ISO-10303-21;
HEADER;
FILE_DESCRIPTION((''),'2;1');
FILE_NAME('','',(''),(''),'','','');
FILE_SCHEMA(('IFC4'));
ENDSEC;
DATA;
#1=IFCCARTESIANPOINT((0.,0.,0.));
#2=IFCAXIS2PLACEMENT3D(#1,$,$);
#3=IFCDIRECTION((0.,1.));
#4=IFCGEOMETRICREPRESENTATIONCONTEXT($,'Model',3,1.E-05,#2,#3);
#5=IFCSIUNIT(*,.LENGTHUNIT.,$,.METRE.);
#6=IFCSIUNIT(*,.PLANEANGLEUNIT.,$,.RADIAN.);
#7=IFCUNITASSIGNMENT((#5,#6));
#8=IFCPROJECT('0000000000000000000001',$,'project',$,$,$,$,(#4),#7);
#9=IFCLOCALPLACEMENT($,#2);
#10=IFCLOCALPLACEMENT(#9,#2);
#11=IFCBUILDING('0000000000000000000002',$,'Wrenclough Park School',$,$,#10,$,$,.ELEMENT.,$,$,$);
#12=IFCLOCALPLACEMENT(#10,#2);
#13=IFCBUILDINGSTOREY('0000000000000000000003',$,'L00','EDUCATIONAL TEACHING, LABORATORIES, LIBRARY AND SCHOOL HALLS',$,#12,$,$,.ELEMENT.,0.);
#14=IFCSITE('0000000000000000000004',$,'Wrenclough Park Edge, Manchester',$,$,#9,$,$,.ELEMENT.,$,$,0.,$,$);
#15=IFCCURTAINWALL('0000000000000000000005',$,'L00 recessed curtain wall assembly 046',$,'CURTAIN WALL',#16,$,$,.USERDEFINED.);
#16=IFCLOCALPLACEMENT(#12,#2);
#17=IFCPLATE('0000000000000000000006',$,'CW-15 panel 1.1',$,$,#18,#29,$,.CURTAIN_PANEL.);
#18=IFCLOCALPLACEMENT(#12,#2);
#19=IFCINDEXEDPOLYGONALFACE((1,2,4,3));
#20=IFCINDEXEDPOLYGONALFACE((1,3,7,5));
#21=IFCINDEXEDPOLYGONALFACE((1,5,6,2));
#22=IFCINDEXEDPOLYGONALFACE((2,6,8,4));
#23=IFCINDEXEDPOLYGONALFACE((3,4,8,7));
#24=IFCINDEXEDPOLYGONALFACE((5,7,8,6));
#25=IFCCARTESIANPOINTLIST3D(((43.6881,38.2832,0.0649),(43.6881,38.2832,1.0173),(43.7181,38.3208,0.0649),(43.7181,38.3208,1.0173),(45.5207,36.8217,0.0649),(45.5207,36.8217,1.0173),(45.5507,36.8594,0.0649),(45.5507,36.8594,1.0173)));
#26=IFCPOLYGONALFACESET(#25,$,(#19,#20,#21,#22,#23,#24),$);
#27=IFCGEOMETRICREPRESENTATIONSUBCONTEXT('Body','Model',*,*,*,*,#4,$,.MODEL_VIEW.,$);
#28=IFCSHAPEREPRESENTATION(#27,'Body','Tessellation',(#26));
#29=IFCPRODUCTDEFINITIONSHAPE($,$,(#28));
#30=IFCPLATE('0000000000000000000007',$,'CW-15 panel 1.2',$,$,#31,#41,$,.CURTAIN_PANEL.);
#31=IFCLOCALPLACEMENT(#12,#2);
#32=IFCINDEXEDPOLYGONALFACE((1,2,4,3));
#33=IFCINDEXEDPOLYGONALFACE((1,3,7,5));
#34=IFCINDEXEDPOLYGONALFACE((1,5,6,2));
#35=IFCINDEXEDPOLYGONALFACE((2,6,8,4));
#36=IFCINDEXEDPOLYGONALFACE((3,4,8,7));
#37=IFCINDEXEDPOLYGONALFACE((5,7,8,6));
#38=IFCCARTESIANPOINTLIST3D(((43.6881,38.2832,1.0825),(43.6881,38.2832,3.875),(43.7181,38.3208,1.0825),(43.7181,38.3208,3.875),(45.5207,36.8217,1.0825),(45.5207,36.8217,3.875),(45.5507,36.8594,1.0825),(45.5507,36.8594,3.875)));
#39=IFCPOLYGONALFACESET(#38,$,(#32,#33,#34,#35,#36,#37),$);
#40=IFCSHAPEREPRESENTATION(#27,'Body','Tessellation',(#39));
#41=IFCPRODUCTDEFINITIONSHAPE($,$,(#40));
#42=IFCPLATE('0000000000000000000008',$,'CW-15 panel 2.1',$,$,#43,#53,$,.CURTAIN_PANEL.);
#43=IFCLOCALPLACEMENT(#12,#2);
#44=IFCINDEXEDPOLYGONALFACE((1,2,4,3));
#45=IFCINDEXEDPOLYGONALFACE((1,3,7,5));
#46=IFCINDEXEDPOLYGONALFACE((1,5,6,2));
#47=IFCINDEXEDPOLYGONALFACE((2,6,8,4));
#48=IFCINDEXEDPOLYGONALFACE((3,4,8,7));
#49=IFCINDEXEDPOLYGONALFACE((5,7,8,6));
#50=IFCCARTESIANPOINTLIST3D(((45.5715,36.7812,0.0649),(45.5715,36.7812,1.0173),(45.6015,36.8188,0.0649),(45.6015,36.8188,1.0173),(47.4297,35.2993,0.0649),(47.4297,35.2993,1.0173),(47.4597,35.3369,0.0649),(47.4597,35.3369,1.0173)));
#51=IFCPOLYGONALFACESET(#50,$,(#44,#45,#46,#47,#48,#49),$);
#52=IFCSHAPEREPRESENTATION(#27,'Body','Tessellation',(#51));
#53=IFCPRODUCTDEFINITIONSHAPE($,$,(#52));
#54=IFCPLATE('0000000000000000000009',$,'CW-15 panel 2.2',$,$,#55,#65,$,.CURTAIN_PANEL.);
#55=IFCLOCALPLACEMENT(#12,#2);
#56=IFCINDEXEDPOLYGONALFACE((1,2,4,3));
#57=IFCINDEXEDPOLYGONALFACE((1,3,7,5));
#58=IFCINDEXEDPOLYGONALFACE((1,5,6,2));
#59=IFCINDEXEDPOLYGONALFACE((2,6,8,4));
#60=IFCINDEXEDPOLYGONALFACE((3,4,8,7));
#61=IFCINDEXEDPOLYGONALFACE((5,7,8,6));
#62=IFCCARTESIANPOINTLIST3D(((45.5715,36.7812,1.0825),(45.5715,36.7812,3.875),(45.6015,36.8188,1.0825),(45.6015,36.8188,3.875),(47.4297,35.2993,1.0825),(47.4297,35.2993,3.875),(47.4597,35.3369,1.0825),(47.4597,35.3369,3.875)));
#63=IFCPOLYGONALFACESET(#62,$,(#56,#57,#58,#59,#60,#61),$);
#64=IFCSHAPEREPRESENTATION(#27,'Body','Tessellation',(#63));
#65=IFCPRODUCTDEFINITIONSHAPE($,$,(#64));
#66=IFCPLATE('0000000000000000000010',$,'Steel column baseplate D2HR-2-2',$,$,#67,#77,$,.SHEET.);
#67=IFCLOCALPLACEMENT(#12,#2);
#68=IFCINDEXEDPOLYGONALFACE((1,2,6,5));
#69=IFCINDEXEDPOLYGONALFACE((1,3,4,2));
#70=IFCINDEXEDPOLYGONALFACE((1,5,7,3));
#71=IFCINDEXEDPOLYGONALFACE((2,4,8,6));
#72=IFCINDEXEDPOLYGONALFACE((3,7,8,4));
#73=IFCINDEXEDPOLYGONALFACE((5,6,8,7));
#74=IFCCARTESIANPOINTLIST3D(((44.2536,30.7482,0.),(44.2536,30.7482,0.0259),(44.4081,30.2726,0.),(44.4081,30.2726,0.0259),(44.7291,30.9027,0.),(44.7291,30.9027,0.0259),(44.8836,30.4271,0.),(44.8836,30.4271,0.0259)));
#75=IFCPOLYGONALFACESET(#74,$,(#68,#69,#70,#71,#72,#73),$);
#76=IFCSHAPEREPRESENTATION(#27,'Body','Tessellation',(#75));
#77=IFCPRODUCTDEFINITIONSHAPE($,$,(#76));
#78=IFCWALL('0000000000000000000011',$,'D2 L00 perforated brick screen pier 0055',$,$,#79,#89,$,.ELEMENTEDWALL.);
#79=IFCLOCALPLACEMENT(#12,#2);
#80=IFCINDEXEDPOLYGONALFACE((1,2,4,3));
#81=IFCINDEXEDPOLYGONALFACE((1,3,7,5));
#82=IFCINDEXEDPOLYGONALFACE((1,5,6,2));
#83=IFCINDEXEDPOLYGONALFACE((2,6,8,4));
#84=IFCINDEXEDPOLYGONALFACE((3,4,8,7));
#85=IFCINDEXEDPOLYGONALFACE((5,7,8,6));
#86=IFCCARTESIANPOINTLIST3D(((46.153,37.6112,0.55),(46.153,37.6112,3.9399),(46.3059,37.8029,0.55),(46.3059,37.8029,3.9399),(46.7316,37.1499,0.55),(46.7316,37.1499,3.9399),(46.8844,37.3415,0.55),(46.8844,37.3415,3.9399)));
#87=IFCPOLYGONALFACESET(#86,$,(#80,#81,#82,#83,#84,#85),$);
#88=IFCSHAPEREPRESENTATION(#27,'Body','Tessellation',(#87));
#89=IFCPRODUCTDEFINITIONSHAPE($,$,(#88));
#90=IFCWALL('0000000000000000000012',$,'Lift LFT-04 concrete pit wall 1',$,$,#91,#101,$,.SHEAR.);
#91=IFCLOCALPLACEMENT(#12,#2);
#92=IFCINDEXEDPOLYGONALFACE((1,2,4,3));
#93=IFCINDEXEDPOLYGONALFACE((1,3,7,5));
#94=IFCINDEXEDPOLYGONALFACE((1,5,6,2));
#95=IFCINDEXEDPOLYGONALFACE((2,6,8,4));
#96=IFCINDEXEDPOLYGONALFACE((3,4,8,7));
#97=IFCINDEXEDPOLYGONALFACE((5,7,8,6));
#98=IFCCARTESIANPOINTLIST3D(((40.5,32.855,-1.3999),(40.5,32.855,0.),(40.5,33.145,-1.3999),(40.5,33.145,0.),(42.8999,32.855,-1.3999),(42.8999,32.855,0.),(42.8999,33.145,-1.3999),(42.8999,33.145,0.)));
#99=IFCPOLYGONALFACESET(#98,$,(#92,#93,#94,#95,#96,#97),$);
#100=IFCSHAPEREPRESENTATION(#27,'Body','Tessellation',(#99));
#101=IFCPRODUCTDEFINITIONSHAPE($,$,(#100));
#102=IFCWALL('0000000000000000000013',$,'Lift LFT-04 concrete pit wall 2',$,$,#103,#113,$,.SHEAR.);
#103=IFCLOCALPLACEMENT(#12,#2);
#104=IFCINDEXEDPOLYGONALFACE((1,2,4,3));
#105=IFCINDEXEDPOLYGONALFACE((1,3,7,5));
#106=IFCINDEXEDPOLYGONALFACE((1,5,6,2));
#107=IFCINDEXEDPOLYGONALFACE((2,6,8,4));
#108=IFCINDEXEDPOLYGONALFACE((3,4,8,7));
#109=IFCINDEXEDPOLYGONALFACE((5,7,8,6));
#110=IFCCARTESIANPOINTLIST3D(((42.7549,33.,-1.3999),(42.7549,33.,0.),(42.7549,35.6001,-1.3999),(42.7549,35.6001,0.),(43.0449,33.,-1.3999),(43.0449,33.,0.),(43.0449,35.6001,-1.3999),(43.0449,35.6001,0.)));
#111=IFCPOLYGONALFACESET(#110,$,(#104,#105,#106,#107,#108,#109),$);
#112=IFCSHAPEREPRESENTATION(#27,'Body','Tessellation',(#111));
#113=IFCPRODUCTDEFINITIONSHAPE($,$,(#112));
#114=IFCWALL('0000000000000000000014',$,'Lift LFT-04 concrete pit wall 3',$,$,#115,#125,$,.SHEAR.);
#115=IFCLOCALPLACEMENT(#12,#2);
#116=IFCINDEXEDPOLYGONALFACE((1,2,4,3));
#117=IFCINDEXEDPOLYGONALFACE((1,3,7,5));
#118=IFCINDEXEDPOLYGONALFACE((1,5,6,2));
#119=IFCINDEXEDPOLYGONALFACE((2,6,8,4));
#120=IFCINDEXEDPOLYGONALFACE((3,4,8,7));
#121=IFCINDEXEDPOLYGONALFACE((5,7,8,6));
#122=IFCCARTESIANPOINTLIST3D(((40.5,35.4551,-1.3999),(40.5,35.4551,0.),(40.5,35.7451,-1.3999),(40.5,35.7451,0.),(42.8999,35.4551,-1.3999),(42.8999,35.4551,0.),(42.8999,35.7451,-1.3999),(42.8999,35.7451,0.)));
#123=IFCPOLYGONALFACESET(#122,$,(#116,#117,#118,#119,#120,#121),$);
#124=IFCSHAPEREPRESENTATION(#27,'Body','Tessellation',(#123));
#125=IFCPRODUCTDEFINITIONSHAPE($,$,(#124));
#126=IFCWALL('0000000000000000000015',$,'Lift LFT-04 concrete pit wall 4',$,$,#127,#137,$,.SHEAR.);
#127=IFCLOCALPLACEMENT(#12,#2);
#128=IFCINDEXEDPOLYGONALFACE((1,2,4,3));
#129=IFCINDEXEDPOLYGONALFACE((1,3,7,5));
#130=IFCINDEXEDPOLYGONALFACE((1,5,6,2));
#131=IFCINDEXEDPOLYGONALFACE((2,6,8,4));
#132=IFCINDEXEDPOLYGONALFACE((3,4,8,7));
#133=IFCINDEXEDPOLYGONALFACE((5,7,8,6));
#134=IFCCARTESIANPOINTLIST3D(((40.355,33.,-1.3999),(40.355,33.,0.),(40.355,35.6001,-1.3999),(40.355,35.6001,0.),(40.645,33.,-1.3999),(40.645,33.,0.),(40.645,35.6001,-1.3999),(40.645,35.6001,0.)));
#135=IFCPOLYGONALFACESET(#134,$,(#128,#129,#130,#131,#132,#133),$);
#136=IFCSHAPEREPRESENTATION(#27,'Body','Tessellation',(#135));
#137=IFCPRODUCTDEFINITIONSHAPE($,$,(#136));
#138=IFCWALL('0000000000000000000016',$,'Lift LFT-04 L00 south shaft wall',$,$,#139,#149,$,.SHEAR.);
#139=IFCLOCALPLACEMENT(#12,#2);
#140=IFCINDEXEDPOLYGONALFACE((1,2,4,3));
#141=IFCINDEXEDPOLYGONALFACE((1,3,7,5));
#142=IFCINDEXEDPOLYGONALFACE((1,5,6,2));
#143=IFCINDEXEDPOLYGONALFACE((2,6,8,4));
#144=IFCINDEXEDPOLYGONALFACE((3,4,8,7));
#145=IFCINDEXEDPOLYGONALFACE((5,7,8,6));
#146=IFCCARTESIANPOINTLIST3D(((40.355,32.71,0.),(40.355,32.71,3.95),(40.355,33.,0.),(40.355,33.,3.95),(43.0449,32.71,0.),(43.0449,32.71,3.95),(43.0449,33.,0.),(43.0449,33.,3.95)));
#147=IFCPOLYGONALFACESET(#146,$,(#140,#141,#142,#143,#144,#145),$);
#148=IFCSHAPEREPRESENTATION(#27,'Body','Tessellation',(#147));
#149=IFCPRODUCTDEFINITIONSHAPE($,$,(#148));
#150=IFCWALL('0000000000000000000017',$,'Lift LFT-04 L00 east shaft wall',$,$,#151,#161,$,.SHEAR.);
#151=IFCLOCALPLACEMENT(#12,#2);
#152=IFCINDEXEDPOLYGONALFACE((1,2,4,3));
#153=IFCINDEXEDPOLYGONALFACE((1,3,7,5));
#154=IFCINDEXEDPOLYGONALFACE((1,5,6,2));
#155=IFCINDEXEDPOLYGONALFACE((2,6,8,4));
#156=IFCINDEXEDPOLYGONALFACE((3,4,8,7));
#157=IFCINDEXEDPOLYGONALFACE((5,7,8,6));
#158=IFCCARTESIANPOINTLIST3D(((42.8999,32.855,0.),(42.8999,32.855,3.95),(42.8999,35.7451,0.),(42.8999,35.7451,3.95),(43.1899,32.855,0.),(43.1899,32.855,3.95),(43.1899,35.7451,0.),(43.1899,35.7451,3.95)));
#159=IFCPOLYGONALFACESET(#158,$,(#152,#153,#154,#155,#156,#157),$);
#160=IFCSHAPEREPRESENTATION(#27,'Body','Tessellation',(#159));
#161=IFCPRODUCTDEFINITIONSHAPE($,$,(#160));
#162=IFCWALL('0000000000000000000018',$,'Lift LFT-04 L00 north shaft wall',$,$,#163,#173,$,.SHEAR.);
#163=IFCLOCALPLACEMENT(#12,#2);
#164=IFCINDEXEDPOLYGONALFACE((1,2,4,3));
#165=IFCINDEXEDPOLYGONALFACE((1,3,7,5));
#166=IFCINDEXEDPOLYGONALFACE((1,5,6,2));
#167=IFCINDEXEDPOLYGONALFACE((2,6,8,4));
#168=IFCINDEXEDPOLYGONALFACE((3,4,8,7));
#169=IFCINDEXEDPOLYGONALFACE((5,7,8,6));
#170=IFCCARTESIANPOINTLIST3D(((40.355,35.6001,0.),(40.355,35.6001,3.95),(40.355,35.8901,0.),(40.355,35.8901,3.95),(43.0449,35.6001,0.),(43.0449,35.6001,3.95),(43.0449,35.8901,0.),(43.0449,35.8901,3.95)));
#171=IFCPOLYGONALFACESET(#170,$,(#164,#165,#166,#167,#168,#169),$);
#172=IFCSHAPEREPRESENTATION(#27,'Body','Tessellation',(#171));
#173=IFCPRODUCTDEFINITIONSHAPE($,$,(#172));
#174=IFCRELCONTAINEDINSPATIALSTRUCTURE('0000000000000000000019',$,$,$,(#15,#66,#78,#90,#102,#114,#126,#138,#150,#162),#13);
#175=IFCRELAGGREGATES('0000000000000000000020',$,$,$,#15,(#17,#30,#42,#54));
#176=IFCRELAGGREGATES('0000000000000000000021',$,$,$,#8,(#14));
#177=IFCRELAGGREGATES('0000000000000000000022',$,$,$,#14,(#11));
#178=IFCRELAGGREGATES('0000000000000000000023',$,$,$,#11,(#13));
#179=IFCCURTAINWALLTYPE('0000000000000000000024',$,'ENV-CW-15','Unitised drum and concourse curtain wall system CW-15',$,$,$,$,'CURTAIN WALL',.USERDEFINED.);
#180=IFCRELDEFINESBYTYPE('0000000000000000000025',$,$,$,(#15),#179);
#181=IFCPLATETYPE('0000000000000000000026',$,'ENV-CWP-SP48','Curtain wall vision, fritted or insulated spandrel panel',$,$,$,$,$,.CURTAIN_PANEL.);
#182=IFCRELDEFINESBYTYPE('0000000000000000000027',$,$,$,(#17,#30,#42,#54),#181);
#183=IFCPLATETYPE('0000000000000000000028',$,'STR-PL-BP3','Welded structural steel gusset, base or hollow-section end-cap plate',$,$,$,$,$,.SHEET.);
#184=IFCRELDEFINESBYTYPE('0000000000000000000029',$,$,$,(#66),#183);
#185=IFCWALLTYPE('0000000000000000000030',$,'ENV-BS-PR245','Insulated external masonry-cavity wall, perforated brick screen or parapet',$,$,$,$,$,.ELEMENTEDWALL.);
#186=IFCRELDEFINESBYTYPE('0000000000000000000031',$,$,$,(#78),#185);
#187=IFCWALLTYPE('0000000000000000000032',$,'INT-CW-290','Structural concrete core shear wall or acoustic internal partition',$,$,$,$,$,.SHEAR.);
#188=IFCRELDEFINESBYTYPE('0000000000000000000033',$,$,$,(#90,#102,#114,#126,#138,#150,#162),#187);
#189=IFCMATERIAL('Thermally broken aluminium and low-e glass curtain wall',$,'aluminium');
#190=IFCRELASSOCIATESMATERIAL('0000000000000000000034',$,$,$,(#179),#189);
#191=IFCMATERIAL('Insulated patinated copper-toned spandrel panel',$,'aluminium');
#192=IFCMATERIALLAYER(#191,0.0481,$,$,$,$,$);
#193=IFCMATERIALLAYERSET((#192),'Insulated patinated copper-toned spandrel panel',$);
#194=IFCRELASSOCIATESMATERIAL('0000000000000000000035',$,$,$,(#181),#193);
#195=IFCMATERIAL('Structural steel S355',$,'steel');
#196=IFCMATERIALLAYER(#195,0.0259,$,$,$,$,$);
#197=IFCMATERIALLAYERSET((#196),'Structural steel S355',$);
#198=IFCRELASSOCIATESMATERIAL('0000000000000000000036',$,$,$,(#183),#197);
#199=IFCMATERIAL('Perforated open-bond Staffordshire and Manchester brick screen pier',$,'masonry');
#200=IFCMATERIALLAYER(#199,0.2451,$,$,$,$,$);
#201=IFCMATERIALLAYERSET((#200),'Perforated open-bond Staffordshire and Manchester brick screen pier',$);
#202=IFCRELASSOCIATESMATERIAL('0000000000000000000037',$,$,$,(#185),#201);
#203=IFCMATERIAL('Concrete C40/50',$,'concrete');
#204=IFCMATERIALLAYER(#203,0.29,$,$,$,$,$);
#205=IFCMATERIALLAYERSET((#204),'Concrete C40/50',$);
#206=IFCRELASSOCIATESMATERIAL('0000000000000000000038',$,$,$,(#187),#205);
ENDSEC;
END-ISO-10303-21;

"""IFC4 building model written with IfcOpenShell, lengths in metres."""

from ifc_helpers import new_model, si_unit, direction, frame, frame_2d, origin, origin_2d, place, context, subcontext, project, spatial, rectangle, extrude, material, layer, layer_set, type_object, element, aggregate, save


model = new_model("IFC4")

# Units and contexts
model_context = context("Model", 3, precision=1e-05, world=origin(), true_north=direction((0.0, 1.0)))
body_context = subcontext(model_context, "Body", "Model", "MODEL_VIEW")
ifc_project = project(units=[si_unit("LENGTHUNIT", "METRE"), si_unit("PLANEANGLEUNIT", "RADIAN")], contexts=[model_context])

# Site, building, storey
site_placement = place(None, origin())
site = spatial("IfcSite", under=ifc_project, at=site_placement, Name="Wrenclough Park Edge, Manchester", CompositionType="ELEMENT", RefElevation=0.0)
building_placement = place(site_placement, origin())
building = spatial("IfcBuilding", under=site, at=building_placement, Name="Wrenclough Park School", CompositionType="ELEMENT")
storey_placement = place(building_placement, origin())
storey = spatial("IfcBuildingStorey", under=building, at=storey_placement, Name="L00", Description="EDUCATIONAL TEACHING, LABORATORIES, LIBRARY AND SCHOOL HALLS", CompositionType="ELEMENT", Elevation=0.0)

# Shared definitions
ifc_material_1 = material(Name="Structural steel S355", Category="steel")

# Curtain wall, plates
ifc_material_2 = material(Name="Thermally broken aluminium and low-e glass curtain wall", Category="aluminium")
curtain_wall_type = type_object("IfcCurtainWallType", Name="ENV-CW-15", Description="Unitised drum and concourse curtain wall system CW-15", ElementType="CURTAIN WALL", PredefinedType="USERDEFINED", material=ifc_material_2)
curtain_wall_placement = place(storey_placement, origin())
curtain_wall = element("IfcCurtainWall", 1, at=curtain_wall_placement, inside=storey, type_object=curtain_wall_type, Name="L00 recessed curtain wall assembly 046", ObjectType="CURTAIN WALL", PredefinedType="USERDEFINED")
ifc_material_3 = material(Name="Insulated patinated copper-toned spandrel panel", Category="aluminium")
ifc_layer_1 = layer(ifc_material_3, 0.0481)
ifc_layer_set_1 = layer_set([ifc_layer_1], Name="Insulated patinated copper-toned spandrel panel")
plate_type_1 = type_object("IfcPlateType", Name="ENV-CWP-SP48", Description="Curtain wall vision, fritted or insulated spandrel panel", PredefinedType="CURTAIN_PANEL", material=ifc_layer_set_1)
plate_1_placement = place(storey_placement, frame((44.6194, 37.5713, 0.0649), z_axis=(0.0, 0.0, 1.0), x_axis=(0.781824, -0.623499, 0.0)))
plate_1 = element("IfcPlate", 2, at=plate_1_placement, type_object=plate_type_1, Name="CW-15 panel 1.1", PredefinedType="CURTAIN_PANEL", context=body_context, shape_type="SweptSolid", body=[
    extrude(rectangle(XDim=2.344, YDim=0.0481, at=origin_2d()), origin(), (0.0, 0.0, 1.0), 0.9524),
])
plate_2_placement = place(storey_placement, frame((44.6194, 37.5713, 1.0825), z_axis=(0.0, 0.0, 1.0), x_axis=(0.781824, -0.623499, 0.0)))
plate_2 = element("IfcPlate", 3, at=plate_2_placement, type_object=plate_type_1, Name="CW-15 panel 1.2", PredefinedType="CURTAIN_PANEL", context=body_context, shape_type="SweptSolid", body=[
    extrude(rectangle(XDim=2.344, YDim=0.0481, at=origin_2d()), origin(), (0.0, 0.0, 1.0), 2.7925),
])
plate_3_placement = place(storey_placement, frame((46.5156, 36.0591, 0.0649), z_axis=(0.0, 0.0, 1.0), x_axis=(0.781824, -0.623499, 0.0)))
plate_3 = element("IfcPlate", 4, at=plate_3_placement, type_object=plate_type_1, Name="CW-15 panel 2.1", PredefinedType="CURTAIN_PANEL", context=body_context, shape_type="SweptSolid", body=[
    extrude(rectangle(XDim=2.3767, YDim=0.0481, at=origin_2d()), origin(), (0.0, 0.0, 1.0), 0.9524),
])
plate_4_placement = place(storey_placement, frame((46.5156, 36.0591, 1.0825), z_axis=(0.0, 0.0, 1.0), x_axis=(0.781824, -0.623499, 0.0)))
plate_4 = element("IfcPlate", 5, at=plate_4_placement, type_object=plate_type_1, Name="CW-15 panel 2.2", PredefinedType="CURTAIN_PANEL", context=body_context, shape_type="SweptSolid", body=[
    extrude(rectangle(XDim=2.3767, YDim=0.0481, at=origin_2d()), origin(), (0.0, 0.0, 1.0), 2.7925),
])
aggregate(curtain_wall, [plate_1, plate_2, plate_3, plate_4])

# Plate
ifc_layer_2 = layer(ifc_material_1, 0.0259)
ifc_layer_set_2 = layer_set([ifc_layer_2], Name="Structural steel S355")
plate_type_2 = type_object("IfcPlateType", Name="STR-PL-BP3", Description="Welded structural steel gusset, base or hollow-section end-cap plate", PredefinedType="SHEET", material=ifc_layer_set_2)
plate_5_placement = place(storey_placement, frame((44.5686, 30.5876, 0.0), z_axis=(0.0, 0.0, 1.0), x_axis=(0.951057, 0.309017, 0.0)))
element("IfcPlate", 6, at=plate_5_placement, inside=storey, type_object=plate_type_2, Name="Steel column baseplate D2HR-2-2", PredefinedType="SHEET", context=body_context, shape_type="SweptSolid", body=[
    extrude(rectangle(XDim=0.5, YDim=0.5, at=origin_2d()), origin(), (0.0, 0.0, 1.0), 0.0259),
])

# Walls
ifc_material_4 = material(Name="Perforated open-bond Staffordshire and Manchester brick screen pier", Category="masonry")
ifc_layer_3 = layer(ifc_material_4, 0.2451)
ifc_layer_set_3 = layer_set([ifc_layer_3], Name="Perforated open-bond Staffordshire and Manchester brick screen pier")
wall_type_1 = type_object("IfcWallType", Name="ENV-BS-PR245", Description="Insulated external masonry-cavity wall, perforated brick screen or parapet", PredefinedType="ELEMENTEDWALL", material=ifc_layer_set_3)
wall_1_placement = place(storey_placement, frame((46.8081, 37.2456, 0.55), z_axis=(0.0, 0.0, 1.0), x_axis=(-0.781833, 0.623487, 0.0)))
element("IfcWall", 7, at=wall_1_placement, inside=storey, type_object=wall_type_1, Name="D2 L00 perforated brick screen pier 0055", PredefinedType="ELEMENTEDWALL", context=body_context, shape_type="SweptSolid", body=[
    extrude(rectangle(XDim=0.74, YDim=0.2451, at=frame_2d((0.3701, 0.0))), origin(), (0.0, 0.0, 1.0), 3.3899),
])
ifc_material_5 = material(Name="Concrete C40/50", Category="concrete")
ifc_layer_4 = layer(ifc_material_5, 0.29)
ifc_layer_set_4 = layer_set([ifc_layer_4], Name="Concrete C40/50")
wall_type_2 = type_object("IfcWallType", Name="INT-CW-290", Description="Structural concrete core shear wall or acoustic internal partition", PredefinedType="SHEAR", material=ifc_layer_set_4)
wall_2_placement = place(storey_placement, frame((40.5, 33.0, -1.3999), z_axis=(0.0, 0.0, 1.0), x_axis=(1.0, 0.0, 0.0)))
element("IfcWall", 8, at=wall_2_placement, inside=storey, type_object=wall_type_2, Name="Lift LFT-04 concrete pit wall 1", PredefinedType="SHEAR", context=body_context, shape_type="SweptSolid", body=[
    extrude(rectangle(XDim=2.3999, YDim=0.29, at=frame_2d((1.2, 0.0))), origin(), (0.0, 0.0, 1.0), 1.3999),
])
wall_3_placement = place(storey_placement, frame((42.8999, 33.0, -1.3999), z_axis=(0.0, 0.0, 1.0), x_axis=(0.0, 1.0, 0.0)))
element("IfcWall", 9, at=wall_3_placement, inside=storey, type_object=wall_type_2, Name="Lift LFT-04 concrete pit wall 2", PredefinedType="SHEAR", context=body_context, shape_type="SweptSolid", body=[
    extrude(rectangle(XDim=2.6001, YDim=0.29, at=frame_2d((1.3, 0.0))), origin(), (0.0, 0.0, 1.0), 1.3999),
])
wall_4_placement = place(storey_placement, frame((42.8999, 35.6001, -1.3999), z_axis=(0.0, 0.0, 1.0), x_axis=(-1.0, 0.0, 0.0)))
element("IfcWall", 10, at=wall_4_placement, inside=storey, type_object=wall_type_2, Name="Lift LFT-04 concrete pit wall 3", PredefinedType="SHEAR", context=body_context, shape_type="SweptSolid", body=[
    extrude(rectangle(XDim=2.3999, YDim=0.29, at=frame_2d((1.2, 0.0))), origin(), (0.0, 0.0, 1.0), 1.3999),
])
wall_5_placement = place(storey_placement, frame((40.5, 35.6001, -1.3999), z_axis=(0.0, 0.0, 1.0), x_axis=(0.0, -1.0, 0.0)))
element("IfcWall", 11, at=wall_5_placement, inside=storey, type_object=wall_type_2, Name="Lift LFT-04 concrete pit wall 4", PredefinedType="SHEAR", context=body_context, shape_type="SweptSolid", body=[
    extrude(rectangle(XDim=2.6001, YDim=0.29, at=frame_2d((1.3, 0.0))), origin(), (0.0, 0.0, 1.0), 1.3999),
])
wall_6_placement = place(storey_placement, frame((40.355, 32.855, 0.0), z_axis=(0.0, 0.0, 1.0), x_axis=(1.0, 0.0, 0.0)))
element("IfcWall", 12, at=wall_6_placement, inside=storey, type_object=wall_type_2, Name="Lift LFT-04 L00 south shaft wall", PredefinedType="SHEAR", context=body_context, shape_type="SweptSolid", body=[
    extrude(rectangle(XDim=2.6899, YDim=0.29, at=frame_2d((1.345, 0.0))), origin(), (0.0, 0.0, 1.0), 3.95),
])
wall_7_placement = place(storey_placement, frame((43.0449, 32.855, 0.0), z_axis=(0.0, 0.0, 1.0), x_axis=(0.0, 1.0, 0.0)))
element("IfcWall", 13, at=wall_7_placement, inside=storey, type_object=wall_type_2, Name="Lift LFT-04 L00 east shaft wall", PredefinedType="SHEAR", context=body_context, shape_type="SweptSolid", body=[
    extrude(rectangle(XDim=2.8901, YDim=0.29, at=frame_2d((1.4451, 0.0))), origin(), (0.0, 0.0, 1.0), 3.95),
])
wall_8_placement = place(storey_placement, frame((43.0449, 35.7451, 0.0), z_axis=(0.0, 0.0, 1.0), x_axis=(-1.0, 0.0, 0.0)))
element("IfcWall", 14, at=wall_8_placement, inside=storey, type_object=wall_type_2, Name="Lift LFT-04 L00 north shaft wall", PredefinedType="SHEAR", context=body_context, shape_type="SweptSolid", body=[
    extrude(rectangle(XDim=2.6899, YDim=0.29, at=frame_2d((1.345, 0.0))), origin(), (0.0, 0.0, 1.0), 3.95),
])

save(model, "model.ifc")
